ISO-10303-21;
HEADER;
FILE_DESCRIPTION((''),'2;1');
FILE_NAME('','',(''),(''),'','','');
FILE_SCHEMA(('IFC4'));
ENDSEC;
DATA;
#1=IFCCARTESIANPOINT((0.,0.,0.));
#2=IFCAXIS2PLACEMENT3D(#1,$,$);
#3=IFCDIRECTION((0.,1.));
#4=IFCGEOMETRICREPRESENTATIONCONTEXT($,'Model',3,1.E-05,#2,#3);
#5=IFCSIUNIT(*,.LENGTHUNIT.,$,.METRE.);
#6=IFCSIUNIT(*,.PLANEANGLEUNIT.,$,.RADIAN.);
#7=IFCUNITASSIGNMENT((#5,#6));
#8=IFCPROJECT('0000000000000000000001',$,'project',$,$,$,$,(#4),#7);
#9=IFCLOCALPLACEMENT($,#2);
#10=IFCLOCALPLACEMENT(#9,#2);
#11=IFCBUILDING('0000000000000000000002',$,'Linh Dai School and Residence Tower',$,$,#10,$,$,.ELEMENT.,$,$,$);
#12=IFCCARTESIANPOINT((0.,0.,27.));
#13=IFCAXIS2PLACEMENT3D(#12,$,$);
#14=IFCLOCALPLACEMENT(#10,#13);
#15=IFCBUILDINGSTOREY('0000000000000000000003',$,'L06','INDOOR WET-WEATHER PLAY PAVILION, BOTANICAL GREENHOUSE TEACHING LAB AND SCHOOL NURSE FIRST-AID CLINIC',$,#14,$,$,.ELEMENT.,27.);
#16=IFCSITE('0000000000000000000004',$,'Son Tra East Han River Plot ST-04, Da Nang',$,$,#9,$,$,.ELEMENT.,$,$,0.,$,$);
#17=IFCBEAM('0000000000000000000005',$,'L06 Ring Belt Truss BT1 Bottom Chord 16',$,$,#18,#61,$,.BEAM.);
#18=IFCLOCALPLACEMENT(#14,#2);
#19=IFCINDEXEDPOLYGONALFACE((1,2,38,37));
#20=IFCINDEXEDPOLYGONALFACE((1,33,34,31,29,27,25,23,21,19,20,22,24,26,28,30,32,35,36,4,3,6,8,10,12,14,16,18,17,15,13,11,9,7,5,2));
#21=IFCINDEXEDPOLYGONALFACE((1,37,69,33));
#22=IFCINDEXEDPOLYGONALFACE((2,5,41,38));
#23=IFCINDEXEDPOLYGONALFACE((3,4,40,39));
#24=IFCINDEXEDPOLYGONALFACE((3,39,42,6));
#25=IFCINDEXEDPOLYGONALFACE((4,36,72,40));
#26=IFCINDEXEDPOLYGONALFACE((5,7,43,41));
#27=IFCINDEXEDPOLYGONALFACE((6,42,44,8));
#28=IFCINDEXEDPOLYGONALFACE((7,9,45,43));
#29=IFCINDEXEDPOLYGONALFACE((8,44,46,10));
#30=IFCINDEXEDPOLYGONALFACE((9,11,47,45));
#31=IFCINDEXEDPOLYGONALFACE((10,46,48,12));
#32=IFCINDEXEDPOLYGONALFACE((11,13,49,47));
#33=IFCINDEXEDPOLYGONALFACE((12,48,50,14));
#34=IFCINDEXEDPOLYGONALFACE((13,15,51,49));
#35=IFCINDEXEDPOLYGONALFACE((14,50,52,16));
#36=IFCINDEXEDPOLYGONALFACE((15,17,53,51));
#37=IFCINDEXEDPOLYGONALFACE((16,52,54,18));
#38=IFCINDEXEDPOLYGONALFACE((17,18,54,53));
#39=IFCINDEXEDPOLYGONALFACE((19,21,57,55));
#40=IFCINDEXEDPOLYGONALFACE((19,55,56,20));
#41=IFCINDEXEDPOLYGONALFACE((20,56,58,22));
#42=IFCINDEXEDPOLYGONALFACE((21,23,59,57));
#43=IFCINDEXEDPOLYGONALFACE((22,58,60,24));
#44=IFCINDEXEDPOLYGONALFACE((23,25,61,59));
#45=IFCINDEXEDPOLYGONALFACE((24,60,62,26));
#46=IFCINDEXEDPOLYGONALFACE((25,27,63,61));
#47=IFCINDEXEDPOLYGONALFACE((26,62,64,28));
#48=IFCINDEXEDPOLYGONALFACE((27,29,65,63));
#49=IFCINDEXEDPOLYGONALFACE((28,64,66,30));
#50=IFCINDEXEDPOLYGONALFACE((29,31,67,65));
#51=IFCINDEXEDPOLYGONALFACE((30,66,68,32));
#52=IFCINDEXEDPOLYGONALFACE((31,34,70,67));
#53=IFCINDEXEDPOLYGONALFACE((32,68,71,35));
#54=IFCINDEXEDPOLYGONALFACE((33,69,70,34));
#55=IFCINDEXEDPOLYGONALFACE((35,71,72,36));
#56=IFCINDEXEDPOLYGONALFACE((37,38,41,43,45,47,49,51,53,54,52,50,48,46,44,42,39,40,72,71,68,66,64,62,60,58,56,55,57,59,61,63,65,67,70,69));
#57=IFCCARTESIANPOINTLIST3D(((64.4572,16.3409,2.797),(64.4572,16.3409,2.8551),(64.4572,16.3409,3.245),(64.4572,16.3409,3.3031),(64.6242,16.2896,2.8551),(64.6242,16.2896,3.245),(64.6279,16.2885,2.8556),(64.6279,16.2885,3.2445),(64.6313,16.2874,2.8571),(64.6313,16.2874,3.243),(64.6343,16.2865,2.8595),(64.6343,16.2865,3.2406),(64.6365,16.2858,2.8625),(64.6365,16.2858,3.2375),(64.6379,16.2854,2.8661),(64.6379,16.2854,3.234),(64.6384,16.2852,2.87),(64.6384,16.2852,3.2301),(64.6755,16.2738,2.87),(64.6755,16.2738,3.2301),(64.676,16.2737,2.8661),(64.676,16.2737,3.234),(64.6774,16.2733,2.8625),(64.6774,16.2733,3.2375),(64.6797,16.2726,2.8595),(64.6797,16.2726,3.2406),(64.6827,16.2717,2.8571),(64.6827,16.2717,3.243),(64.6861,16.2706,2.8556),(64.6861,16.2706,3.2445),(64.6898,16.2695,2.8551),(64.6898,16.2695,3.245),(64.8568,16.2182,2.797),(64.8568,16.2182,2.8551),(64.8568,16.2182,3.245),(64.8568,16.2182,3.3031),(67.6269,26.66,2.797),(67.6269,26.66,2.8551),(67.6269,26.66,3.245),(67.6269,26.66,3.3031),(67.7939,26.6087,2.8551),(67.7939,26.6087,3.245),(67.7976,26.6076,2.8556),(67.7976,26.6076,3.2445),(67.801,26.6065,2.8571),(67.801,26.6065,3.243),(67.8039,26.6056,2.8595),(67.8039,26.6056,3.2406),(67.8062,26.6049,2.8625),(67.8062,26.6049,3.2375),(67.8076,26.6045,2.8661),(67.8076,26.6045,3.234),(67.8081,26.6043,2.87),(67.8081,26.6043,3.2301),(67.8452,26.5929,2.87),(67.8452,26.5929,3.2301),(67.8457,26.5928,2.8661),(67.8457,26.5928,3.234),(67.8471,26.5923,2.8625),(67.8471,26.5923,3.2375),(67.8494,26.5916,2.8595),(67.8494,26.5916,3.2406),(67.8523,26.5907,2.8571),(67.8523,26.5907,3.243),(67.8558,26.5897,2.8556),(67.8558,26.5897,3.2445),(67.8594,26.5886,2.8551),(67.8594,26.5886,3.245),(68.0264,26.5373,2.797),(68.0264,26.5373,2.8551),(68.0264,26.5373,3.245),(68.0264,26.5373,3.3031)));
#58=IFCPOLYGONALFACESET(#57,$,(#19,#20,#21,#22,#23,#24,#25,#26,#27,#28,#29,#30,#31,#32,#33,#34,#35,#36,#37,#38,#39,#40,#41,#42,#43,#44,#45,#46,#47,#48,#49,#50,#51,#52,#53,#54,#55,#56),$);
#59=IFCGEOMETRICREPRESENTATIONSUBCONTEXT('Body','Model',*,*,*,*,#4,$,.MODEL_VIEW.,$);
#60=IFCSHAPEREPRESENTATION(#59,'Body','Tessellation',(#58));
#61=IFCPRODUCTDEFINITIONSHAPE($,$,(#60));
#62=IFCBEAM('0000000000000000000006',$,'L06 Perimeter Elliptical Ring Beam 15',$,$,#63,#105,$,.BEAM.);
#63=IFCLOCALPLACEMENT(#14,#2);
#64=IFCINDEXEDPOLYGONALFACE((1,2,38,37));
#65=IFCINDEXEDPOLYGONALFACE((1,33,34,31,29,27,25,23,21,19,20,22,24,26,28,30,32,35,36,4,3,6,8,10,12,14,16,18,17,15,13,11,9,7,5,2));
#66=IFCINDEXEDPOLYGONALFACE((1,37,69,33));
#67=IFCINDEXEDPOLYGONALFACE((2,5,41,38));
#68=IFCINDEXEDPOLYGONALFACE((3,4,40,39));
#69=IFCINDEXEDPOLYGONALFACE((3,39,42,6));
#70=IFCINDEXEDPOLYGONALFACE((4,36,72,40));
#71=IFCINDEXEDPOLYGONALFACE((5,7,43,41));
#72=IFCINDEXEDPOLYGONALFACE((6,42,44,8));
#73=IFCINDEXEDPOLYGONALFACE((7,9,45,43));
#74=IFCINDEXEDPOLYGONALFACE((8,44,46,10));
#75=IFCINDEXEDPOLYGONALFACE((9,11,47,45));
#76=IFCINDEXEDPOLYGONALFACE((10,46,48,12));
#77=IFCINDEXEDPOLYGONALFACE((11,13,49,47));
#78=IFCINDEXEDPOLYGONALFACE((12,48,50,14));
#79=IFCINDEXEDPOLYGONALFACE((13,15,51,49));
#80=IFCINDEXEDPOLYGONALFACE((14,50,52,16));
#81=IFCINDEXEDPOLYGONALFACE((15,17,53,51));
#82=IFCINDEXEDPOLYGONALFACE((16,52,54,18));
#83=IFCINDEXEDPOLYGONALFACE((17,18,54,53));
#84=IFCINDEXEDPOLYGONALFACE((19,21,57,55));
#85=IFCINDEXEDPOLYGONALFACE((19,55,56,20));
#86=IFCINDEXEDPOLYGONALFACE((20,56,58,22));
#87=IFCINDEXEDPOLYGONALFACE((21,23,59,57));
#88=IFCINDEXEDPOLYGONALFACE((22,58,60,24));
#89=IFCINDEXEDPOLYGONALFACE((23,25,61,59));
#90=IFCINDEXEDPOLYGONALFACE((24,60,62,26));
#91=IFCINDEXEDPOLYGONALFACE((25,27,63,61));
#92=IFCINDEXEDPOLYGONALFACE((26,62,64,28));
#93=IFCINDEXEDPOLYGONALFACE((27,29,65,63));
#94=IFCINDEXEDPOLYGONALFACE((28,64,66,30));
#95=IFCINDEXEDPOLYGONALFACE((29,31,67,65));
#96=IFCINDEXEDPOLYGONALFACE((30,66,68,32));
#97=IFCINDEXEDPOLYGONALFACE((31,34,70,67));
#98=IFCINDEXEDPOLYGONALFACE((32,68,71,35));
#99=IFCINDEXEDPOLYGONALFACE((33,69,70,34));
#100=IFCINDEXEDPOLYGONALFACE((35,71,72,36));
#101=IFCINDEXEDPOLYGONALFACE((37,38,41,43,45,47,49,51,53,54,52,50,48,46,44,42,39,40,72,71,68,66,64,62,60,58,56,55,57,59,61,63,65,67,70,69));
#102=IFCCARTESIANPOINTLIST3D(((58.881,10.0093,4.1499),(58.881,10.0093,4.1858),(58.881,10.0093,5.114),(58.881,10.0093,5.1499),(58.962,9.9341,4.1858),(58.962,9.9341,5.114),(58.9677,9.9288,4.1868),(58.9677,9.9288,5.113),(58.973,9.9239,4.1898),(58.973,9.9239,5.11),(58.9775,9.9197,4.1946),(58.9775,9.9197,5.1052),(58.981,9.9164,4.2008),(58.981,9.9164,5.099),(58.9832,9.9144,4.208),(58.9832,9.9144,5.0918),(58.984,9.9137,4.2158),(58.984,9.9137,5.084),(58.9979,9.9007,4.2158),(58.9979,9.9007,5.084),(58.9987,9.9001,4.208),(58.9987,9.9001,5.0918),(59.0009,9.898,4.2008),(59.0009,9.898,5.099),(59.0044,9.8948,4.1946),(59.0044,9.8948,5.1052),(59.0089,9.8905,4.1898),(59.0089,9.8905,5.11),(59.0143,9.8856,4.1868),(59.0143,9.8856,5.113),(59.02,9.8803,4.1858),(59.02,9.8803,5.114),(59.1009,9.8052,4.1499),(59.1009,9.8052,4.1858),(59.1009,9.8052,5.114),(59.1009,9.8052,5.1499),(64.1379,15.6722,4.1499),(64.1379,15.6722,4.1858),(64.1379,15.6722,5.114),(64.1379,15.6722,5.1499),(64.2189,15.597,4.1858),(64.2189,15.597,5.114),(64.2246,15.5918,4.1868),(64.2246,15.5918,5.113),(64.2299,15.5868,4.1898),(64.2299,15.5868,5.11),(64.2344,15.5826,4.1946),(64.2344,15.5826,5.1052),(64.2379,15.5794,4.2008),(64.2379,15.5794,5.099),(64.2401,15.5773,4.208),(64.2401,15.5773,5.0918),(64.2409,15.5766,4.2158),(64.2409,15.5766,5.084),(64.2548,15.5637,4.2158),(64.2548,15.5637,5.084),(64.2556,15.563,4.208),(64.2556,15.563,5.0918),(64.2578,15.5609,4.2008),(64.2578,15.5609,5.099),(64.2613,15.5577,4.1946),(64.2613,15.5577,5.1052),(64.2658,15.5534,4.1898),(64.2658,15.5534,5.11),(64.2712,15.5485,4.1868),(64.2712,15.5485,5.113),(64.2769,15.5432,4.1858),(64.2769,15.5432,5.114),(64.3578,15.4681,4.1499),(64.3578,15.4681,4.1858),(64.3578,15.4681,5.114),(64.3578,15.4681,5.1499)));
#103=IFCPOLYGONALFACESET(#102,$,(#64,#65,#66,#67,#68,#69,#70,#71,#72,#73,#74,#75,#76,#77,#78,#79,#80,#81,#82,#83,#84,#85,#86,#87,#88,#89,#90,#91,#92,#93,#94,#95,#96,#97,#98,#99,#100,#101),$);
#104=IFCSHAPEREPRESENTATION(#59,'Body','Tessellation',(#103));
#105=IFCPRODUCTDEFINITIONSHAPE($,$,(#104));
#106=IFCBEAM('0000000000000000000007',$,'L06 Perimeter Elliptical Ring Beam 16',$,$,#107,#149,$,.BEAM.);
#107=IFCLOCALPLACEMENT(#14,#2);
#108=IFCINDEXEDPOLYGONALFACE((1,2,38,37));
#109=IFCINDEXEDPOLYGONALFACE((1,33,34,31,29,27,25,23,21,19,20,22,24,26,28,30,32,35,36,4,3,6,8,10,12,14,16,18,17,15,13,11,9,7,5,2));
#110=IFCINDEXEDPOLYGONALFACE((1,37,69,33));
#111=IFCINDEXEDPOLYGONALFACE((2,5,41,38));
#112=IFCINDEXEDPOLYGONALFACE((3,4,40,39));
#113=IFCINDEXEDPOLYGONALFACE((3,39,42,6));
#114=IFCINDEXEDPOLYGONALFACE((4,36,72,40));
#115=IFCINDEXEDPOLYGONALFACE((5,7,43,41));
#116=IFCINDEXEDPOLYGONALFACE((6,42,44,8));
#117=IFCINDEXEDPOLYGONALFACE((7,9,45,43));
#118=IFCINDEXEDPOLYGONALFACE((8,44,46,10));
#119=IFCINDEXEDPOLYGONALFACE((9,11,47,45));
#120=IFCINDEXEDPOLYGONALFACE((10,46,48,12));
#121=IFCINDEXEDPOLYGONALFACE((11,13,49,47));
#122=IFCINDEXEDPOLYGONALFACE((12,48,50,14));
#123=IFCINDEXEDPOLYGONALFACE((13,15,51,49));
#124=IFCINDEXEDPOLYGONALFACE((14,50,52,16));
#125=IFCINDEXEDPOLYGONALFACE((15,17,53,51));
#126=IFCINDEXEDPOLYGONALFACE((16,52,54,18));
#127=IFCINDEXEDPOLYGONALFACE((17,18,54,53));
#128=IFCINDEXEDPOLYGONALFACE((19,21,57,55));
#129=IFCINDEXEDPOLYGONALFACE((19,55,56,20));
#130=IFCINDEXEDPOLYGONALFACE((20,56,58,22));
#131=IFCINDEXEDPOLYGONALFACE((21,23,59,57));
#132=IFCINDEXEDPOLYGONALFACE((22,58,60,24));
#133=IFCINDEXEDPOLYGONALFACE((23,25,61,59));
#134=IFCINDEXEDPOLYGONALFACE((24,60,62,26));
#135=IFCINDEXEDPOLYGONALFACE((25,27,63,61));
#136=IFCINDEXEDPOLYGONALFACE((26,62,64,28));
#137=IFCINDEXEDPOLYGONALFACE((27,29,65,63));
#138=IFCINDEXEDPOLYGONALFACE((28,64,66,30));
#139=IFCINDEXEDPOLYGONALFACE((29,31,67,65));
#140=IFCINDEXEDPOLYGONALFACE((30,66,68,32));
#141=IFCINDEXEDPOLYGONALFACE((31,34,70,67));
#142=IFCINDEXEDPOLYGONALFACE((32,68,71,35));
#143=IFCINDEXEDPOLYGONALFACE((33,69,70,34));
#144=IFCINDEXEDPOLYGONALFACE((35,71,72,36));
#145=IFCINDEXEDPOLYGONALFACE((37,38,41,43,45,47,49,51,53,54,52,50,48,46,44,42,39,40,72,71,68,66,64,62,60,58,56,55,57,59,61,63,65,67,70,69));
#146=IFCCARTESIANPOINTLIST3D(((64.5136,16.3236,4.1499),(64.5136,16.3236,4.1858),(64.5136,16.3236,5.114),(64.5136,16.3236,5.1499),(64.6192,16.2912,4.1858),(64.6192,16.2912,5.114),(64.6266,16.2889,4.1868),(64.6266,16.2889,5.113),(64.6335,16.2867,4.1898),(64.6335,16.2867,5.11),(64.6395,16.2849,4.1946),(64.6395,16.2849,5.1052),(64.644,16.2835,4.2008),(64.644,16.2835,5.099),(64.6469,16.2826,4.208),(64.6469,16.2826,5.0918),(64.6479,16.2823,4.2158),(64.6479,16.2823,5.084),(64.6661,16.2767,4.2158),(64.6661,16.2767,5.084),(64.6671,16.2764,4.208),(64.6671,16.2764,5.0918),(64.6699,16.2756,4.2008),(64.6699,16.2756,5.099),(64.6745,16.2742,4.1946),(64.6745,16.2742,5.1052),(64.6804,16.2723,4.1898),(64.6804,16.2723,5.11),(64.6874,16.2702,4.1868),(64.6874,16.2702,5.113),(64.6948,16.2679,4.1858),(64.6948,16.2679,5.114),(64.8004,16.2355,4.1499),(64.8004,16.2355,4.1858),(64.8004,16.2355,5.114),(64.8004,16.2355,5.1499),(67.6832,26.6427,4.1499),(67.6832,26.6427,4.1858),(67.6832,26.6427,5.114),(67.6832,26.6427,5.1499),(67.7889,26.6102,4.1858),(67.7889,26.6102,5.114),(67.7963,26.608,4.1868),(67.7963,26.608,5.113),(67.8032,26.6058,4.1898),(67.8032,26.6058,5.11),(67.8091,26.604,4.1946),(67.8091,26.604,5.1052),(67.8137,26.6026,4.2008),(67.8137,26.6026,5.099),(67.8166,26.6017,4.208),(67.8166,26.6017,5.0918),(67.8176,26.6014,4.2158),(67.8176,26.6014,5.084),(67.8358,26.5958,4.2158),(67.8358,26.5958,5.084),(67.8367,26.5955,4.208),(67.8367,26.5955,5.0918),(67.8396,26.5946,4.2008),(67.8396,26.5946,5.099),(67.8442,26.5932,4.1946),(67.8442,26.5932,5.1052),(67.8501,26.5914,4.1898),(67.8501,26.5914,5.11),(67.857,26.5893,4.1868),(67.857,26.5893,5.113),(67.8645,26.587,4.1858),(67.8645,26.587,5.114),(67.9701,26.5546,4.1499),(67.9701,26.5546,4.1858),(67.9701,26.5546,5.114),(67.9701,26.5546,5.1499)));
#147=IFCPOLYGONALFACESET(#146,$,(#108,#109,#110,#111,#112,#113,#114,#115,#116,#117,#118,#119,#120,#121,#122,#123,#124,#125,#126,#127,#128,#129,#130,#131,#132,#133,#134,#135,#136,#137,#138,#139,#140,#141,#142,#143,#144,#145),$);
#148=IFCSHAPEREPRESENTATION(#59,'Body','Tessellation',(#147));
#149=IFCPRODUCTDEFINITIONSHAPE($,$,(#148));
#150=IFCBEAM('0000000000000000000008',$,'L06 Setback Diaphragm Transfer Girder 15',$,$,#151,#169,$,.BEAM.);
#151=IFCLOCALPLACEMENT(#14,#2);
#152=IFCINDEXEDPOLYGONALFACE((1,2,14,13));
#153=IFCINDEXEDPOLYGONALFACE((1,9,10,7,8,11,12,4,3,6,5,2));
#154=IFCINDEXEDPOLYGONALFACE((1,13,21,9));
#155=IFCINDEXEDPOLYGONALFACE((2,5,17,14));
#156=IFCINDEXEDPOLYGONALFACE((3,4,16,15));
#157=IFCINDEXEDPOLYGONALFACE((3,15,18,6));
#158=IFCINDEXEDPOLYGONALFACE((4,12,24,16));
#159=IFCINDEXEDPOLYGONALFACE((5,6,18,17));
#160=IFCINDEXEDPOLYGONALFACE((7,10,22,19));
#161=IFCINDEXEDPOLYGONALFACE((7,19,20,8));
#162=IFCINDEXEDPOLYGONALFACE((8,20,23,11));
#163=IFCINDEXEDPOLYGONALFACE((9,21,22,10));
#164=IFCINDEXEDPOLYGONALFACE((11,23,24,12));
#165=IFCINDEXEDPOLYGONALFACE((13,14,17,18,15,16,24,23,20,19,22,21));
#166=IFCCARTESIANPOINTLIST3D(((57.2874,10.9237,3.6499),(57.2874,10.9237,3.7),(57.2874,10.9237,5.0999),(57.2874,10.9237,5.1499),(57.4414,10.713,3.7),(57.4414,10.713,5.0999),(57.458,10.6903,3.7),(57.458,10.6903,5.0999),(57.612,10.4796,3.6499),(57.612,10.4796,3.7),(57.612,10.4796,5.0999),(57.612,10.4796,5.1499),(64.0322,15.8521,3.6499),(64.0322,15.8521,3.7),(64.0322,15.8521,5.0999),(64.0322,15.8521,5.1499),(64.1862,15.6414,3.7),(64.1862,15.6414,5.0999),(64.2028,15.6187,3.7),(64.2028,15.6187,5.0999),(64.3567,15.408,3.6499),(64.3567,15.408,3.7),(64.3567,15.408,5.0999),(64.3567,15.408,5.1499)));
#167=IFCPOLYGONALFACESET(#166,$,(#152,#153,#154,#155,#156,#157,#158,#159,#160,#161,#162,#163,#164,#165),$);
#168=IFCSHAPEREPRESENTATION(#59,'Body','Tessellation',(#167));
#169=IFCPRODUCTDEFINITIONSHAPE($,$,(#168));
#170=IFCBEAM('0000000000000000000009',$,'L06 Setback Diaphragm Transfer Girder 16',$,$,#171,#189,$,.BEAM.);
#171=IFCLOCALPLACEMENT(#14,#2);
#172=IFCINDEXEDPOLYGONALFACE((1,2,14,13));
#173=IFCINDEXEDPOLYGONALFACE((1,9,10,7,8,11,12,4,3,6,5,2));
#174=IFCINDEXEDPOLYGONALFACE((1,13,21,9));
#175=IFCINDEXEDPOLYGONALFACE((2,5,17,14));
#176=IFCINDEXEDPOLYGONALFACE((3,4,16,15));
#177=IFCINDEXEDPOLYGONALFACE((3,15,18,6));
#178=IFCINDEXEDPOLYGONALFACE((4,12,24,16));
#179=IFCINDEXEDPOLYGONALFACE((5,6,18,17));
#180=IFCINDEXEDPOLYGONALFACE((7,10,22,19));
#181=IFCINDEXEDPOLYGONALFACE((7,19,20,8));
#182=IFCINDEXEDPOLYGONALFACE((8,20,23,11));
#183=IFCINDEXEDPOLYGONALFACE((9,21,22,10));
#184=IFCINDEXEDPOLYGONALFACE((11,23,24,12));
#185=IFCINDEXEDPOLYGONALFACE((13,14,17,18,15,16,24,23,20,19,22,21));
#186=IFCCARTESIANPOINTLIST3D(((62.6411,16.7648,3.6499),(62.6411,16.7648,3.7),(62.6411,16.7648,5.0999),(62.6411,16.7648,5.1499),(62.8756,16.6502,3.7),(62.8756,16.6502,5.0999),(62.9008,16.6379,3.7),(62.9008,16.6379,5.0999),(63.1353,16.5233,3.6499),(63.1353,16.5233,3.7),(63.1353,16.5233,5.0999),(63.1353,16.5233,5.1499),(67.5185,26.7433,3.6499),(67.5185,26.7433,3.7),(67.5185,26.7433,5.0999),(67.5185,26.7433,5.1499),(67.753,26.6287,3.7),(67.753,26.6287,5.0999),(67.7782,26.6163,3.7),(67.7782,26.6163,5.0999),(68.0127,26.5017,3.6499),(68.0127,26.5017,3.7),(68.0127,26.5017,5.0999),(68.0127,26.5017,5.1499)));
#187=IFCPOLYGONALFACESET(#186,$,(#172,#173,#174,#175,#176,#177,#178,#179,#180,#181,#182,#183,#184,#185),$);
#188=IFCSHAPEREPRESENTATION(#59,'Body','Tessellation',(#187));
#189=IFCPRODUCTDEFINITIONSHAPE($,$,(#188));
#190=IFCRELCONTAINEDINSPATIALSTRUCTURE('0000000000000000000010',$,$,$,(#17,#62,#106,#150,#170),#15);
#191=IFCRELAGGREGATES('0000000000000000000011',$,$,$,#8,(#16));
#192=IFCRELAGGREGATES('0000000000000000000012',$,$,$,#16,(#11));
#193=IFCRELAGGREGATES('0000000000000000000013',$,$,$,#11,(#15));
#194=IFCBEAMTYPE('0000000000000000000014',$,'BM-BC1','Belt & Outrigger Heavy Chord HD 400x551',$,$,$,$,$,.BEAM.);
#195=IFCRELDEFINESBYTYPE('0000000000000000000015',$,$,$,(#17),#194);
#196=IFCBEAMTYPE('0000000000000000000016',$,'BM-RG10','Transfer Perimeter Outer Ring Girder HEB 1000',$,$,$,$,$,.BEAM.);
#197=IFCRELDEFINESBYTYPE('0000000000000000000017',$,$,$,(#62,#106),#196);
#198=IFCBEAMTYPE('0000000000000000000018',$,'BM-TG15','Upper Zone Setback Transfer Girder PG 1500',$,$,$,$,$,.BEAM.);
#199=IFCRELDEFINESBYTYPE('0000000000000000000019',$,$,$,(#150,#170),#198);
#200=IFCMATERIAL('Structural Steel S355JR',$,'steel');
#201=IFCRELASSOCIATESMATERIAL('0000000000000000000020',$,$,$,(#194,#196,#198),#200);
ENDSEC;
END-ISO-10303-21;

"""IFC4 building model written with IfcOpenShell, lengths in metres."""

from ifc_helpers import new_model, si_unit, direction, frame, origin, origin_2d, place, context, subcontext, project, spatial, i_section, extrude, material, material_profile, profile_set, type_object, element, save


model = new_model("IFC4")

# Units and contexts
model_context = context("Model", 3, precision=1e-05, world=origin(), true_north=direction((0.0, 1.0)))
body_context = subcontext(model_context, "Body", "Model", "MODEL_VIEW")
ifc_project = project(units=[si_unit("LENGTHUNIT", "METRE"), si_unit("PLANEANGLEUNIT", "RADIAN")], contexts=[model_context])

# Site, building, storey
site_placement = place(None, origin())
site = spatial("IfcSite", under=ifc_project, at=site_placement, Name="Son Tra East Han River Plot ST-04, Da Nang", CompositionType="ELEMENT", RefElevation=0.0)
building_placement = place(site_placement, origin())
building = spatial("IfcBuilding", under=site, at=building_placement, Name="Linh Dai School and Residence Tower", CompositionType="ELEMENT")
storey_placement = place(building_placement, frame((0.0, 0.0, 27.0)))
storey = spatial("IfcBuildingStorey", under=building, at=storey_placement, Name="L06", Description="INDOOR WET-WEATHER PLAY PAVILION, BOTANICAL GREENHOUSE TEACHING LAB AND SCHOOL NURSE FIRST-AID CLINIC", CompositionType="ELEMENT", Elevation=27.0)

# Shared definitions
ifc_material_1 = material(Name="Structural Steel S355JR", Category="steel")

# Beams
ifc_material_profile_1 = material_profile(ifc_material_1, i_section(OverallWidth=0.418, OverallDepth=0.5061, WebThickness=0.0388, FlangeThickness=0.0581, FilletRadius=0.0149, at=origin_2d()), Name="HD 400x551")
ifc_profile_set_1 = profile_set([ifc_material_profile_1], Name="Structural Steel S355JR")
beam_type_1 = type_object("IfcBeamType", Name="BM-BC1", Description="Belt & Outrigger Heavy Chord HD 400x551", PredefinedType="BEAM", material=ifc_profile_set_1)
beam_1_placement = place(storey_placement, frame((64.657, 16.2795, 3.05), z_axis=(0.293627, 0.95592, 0.0), x_axis=(-0.95592, 0.293627, 0.0)))
element("IfcBeam", 1, at=beam_1_placement, inside=storey, type_object=beam_type_1, Name="L06 Ring Belt Truss BT1 Bottom Chord 16", PredefinedType="BEAM", context=body_context, shape_type="SweptSolid", body=[
    extrude(i_section(OverallWidth=0.418, OverallDepth=0.5061, WebThickness=0.0388, FlangeThickness=0.0581, FilletRadius=0.0149, at=origin_2d()), origin(), (0.0, 0.0, 1.0), 10.7949),
])
ifc_material_profile_2 = material_profile(ifc_material_1, i_section(OverallWidth=0.3, OverallDepth=1.0, WebThickness=0.019, FlangeThickness=0.0359, FilletRadius=0.03, at=origin_2d()), Name="HEB 1000")
ifc_profile_set_2 = profile_set([ifc_material_profile_2], Name="Structural Steel S355JR")
beam_type_2 = type_object("IfcBeamType", Name="BM-RG10", Description="Transfer Perimeter Outer Ring Girder HEB 1000", PredefinedType="BEAM", material=ifc_profile_set_2)
beam_2_placement = place(storey_placement, frame((58.991, 9.9072, 4.6499), z_axis=(0.680346, 0.732891, 0.0), x_axis=(-0.732891, 0.680346, 0.0)))
element("IfcBeam", 2, at=beam_2_placement, inside=storey, type_object=beam_type_2, Name="L06 Perimeter Elliptical Ring Beam 15", PredefinedType="BEAM", context=body_context, shape_type="SweptSolid", body=[
    extrude(i_section(OverallWidth=0.3, OverallDepth=1.0, WebThickness=0.019, FlangeThickness=0.0359, FilletRadius=0.03, at=origin_2d()), origin(), (0.0, 0.0, 1.0), 7.7268),
])
beam_3_placement = place(storey_placement, frame((64.657, 16.2795, 4.6499), z_axis=(0.293627, 0.95592, 0.0), x_axis=(-0.95592, 0.293627, 0.0)))
element("IfcBeam", 3, at=beam_3_placement, inside=storey, type_object=beam_type_2, Name="L06 Perimeter Elliptical Ring Beam 16", PredefinedType="BEAM", context=body_context, shape_type="SweptSolid", body=[
    extrude(i_section(OverallWidth=0.3, OverallDepth=1.0, WebThickness=0.019, FlangeThickness=0.0359, FilletRadius=0.03, at=origin_2d()), origin(), (0.0, 0.0, 1.0), 10.7949),
])
ifc_material_profile_3 = material_profile(ifc_material_1, i_section(OverallWidth=0.55, OverallDepth=1.5, WebThickness=0.0281, FlangeThickness=0.05, at=origin_2d()), Name="PG 1500x550x28x50")
ifc_profile_set_3 = profile_set([ifc_material_profile_3], Name="Structural Steel S355JR")
beam_type_3 = type_object("IfcBeamType", Name="BM-TG15", Description="Upper Zone Setback Transfer Girder PG 1500", PredefinedType="BEAM", material=ifc_profile_set_3)
beam_4_placement = place(storey_placement, frame((57.4497, 10.7017, 4.3999), z_axis=(0.807418, 0.589979, 0.0), x_axis=(-0.589979, 0.807418, 0.0)))
element("IfcBeam", 4, at=beam_4_placement, inside=storey, type_object=beam_type_3, Name="L06 Setback Diaphragm Transfer Girder 15", PredefinedType="BEAM", context=body_context, shape_type="SweptSolid", body=[
    extrude(i_section(OverallWidth=0.55, OverallDepth=1.5, WebThickness=0.0281, FlangeThickness=0.05, at=origin_2d()), origin(), (0.0, 0.0, 1.0), 8.3535),
])
beam_5_placement = place(storey_placement, frame((62.8882, 16.644, 4.3999), z_axis=(0.439142, 0.898418, 0.0), x_axis=(-0.898418, 0.439142, 0.0)))
element("IfcBeam", 5, at=beam_5_placement, inside=storey, type_object=beam_type_3, Name="L06 Setback Diaphragm Transfer Girder 16", PredefinedType="BEAM", context=body_context, shape_type="SweptSolid", body=[
    extrude(i_section(OverallWidth=0.55, OverallDepth=1.5, WebThickness=0.0281, FlangeThickness=0.05, at=origin_2d()), origin(), (0.0, 0.0, 1.0), 11.1067),
])

save(model, "model.ifc")
